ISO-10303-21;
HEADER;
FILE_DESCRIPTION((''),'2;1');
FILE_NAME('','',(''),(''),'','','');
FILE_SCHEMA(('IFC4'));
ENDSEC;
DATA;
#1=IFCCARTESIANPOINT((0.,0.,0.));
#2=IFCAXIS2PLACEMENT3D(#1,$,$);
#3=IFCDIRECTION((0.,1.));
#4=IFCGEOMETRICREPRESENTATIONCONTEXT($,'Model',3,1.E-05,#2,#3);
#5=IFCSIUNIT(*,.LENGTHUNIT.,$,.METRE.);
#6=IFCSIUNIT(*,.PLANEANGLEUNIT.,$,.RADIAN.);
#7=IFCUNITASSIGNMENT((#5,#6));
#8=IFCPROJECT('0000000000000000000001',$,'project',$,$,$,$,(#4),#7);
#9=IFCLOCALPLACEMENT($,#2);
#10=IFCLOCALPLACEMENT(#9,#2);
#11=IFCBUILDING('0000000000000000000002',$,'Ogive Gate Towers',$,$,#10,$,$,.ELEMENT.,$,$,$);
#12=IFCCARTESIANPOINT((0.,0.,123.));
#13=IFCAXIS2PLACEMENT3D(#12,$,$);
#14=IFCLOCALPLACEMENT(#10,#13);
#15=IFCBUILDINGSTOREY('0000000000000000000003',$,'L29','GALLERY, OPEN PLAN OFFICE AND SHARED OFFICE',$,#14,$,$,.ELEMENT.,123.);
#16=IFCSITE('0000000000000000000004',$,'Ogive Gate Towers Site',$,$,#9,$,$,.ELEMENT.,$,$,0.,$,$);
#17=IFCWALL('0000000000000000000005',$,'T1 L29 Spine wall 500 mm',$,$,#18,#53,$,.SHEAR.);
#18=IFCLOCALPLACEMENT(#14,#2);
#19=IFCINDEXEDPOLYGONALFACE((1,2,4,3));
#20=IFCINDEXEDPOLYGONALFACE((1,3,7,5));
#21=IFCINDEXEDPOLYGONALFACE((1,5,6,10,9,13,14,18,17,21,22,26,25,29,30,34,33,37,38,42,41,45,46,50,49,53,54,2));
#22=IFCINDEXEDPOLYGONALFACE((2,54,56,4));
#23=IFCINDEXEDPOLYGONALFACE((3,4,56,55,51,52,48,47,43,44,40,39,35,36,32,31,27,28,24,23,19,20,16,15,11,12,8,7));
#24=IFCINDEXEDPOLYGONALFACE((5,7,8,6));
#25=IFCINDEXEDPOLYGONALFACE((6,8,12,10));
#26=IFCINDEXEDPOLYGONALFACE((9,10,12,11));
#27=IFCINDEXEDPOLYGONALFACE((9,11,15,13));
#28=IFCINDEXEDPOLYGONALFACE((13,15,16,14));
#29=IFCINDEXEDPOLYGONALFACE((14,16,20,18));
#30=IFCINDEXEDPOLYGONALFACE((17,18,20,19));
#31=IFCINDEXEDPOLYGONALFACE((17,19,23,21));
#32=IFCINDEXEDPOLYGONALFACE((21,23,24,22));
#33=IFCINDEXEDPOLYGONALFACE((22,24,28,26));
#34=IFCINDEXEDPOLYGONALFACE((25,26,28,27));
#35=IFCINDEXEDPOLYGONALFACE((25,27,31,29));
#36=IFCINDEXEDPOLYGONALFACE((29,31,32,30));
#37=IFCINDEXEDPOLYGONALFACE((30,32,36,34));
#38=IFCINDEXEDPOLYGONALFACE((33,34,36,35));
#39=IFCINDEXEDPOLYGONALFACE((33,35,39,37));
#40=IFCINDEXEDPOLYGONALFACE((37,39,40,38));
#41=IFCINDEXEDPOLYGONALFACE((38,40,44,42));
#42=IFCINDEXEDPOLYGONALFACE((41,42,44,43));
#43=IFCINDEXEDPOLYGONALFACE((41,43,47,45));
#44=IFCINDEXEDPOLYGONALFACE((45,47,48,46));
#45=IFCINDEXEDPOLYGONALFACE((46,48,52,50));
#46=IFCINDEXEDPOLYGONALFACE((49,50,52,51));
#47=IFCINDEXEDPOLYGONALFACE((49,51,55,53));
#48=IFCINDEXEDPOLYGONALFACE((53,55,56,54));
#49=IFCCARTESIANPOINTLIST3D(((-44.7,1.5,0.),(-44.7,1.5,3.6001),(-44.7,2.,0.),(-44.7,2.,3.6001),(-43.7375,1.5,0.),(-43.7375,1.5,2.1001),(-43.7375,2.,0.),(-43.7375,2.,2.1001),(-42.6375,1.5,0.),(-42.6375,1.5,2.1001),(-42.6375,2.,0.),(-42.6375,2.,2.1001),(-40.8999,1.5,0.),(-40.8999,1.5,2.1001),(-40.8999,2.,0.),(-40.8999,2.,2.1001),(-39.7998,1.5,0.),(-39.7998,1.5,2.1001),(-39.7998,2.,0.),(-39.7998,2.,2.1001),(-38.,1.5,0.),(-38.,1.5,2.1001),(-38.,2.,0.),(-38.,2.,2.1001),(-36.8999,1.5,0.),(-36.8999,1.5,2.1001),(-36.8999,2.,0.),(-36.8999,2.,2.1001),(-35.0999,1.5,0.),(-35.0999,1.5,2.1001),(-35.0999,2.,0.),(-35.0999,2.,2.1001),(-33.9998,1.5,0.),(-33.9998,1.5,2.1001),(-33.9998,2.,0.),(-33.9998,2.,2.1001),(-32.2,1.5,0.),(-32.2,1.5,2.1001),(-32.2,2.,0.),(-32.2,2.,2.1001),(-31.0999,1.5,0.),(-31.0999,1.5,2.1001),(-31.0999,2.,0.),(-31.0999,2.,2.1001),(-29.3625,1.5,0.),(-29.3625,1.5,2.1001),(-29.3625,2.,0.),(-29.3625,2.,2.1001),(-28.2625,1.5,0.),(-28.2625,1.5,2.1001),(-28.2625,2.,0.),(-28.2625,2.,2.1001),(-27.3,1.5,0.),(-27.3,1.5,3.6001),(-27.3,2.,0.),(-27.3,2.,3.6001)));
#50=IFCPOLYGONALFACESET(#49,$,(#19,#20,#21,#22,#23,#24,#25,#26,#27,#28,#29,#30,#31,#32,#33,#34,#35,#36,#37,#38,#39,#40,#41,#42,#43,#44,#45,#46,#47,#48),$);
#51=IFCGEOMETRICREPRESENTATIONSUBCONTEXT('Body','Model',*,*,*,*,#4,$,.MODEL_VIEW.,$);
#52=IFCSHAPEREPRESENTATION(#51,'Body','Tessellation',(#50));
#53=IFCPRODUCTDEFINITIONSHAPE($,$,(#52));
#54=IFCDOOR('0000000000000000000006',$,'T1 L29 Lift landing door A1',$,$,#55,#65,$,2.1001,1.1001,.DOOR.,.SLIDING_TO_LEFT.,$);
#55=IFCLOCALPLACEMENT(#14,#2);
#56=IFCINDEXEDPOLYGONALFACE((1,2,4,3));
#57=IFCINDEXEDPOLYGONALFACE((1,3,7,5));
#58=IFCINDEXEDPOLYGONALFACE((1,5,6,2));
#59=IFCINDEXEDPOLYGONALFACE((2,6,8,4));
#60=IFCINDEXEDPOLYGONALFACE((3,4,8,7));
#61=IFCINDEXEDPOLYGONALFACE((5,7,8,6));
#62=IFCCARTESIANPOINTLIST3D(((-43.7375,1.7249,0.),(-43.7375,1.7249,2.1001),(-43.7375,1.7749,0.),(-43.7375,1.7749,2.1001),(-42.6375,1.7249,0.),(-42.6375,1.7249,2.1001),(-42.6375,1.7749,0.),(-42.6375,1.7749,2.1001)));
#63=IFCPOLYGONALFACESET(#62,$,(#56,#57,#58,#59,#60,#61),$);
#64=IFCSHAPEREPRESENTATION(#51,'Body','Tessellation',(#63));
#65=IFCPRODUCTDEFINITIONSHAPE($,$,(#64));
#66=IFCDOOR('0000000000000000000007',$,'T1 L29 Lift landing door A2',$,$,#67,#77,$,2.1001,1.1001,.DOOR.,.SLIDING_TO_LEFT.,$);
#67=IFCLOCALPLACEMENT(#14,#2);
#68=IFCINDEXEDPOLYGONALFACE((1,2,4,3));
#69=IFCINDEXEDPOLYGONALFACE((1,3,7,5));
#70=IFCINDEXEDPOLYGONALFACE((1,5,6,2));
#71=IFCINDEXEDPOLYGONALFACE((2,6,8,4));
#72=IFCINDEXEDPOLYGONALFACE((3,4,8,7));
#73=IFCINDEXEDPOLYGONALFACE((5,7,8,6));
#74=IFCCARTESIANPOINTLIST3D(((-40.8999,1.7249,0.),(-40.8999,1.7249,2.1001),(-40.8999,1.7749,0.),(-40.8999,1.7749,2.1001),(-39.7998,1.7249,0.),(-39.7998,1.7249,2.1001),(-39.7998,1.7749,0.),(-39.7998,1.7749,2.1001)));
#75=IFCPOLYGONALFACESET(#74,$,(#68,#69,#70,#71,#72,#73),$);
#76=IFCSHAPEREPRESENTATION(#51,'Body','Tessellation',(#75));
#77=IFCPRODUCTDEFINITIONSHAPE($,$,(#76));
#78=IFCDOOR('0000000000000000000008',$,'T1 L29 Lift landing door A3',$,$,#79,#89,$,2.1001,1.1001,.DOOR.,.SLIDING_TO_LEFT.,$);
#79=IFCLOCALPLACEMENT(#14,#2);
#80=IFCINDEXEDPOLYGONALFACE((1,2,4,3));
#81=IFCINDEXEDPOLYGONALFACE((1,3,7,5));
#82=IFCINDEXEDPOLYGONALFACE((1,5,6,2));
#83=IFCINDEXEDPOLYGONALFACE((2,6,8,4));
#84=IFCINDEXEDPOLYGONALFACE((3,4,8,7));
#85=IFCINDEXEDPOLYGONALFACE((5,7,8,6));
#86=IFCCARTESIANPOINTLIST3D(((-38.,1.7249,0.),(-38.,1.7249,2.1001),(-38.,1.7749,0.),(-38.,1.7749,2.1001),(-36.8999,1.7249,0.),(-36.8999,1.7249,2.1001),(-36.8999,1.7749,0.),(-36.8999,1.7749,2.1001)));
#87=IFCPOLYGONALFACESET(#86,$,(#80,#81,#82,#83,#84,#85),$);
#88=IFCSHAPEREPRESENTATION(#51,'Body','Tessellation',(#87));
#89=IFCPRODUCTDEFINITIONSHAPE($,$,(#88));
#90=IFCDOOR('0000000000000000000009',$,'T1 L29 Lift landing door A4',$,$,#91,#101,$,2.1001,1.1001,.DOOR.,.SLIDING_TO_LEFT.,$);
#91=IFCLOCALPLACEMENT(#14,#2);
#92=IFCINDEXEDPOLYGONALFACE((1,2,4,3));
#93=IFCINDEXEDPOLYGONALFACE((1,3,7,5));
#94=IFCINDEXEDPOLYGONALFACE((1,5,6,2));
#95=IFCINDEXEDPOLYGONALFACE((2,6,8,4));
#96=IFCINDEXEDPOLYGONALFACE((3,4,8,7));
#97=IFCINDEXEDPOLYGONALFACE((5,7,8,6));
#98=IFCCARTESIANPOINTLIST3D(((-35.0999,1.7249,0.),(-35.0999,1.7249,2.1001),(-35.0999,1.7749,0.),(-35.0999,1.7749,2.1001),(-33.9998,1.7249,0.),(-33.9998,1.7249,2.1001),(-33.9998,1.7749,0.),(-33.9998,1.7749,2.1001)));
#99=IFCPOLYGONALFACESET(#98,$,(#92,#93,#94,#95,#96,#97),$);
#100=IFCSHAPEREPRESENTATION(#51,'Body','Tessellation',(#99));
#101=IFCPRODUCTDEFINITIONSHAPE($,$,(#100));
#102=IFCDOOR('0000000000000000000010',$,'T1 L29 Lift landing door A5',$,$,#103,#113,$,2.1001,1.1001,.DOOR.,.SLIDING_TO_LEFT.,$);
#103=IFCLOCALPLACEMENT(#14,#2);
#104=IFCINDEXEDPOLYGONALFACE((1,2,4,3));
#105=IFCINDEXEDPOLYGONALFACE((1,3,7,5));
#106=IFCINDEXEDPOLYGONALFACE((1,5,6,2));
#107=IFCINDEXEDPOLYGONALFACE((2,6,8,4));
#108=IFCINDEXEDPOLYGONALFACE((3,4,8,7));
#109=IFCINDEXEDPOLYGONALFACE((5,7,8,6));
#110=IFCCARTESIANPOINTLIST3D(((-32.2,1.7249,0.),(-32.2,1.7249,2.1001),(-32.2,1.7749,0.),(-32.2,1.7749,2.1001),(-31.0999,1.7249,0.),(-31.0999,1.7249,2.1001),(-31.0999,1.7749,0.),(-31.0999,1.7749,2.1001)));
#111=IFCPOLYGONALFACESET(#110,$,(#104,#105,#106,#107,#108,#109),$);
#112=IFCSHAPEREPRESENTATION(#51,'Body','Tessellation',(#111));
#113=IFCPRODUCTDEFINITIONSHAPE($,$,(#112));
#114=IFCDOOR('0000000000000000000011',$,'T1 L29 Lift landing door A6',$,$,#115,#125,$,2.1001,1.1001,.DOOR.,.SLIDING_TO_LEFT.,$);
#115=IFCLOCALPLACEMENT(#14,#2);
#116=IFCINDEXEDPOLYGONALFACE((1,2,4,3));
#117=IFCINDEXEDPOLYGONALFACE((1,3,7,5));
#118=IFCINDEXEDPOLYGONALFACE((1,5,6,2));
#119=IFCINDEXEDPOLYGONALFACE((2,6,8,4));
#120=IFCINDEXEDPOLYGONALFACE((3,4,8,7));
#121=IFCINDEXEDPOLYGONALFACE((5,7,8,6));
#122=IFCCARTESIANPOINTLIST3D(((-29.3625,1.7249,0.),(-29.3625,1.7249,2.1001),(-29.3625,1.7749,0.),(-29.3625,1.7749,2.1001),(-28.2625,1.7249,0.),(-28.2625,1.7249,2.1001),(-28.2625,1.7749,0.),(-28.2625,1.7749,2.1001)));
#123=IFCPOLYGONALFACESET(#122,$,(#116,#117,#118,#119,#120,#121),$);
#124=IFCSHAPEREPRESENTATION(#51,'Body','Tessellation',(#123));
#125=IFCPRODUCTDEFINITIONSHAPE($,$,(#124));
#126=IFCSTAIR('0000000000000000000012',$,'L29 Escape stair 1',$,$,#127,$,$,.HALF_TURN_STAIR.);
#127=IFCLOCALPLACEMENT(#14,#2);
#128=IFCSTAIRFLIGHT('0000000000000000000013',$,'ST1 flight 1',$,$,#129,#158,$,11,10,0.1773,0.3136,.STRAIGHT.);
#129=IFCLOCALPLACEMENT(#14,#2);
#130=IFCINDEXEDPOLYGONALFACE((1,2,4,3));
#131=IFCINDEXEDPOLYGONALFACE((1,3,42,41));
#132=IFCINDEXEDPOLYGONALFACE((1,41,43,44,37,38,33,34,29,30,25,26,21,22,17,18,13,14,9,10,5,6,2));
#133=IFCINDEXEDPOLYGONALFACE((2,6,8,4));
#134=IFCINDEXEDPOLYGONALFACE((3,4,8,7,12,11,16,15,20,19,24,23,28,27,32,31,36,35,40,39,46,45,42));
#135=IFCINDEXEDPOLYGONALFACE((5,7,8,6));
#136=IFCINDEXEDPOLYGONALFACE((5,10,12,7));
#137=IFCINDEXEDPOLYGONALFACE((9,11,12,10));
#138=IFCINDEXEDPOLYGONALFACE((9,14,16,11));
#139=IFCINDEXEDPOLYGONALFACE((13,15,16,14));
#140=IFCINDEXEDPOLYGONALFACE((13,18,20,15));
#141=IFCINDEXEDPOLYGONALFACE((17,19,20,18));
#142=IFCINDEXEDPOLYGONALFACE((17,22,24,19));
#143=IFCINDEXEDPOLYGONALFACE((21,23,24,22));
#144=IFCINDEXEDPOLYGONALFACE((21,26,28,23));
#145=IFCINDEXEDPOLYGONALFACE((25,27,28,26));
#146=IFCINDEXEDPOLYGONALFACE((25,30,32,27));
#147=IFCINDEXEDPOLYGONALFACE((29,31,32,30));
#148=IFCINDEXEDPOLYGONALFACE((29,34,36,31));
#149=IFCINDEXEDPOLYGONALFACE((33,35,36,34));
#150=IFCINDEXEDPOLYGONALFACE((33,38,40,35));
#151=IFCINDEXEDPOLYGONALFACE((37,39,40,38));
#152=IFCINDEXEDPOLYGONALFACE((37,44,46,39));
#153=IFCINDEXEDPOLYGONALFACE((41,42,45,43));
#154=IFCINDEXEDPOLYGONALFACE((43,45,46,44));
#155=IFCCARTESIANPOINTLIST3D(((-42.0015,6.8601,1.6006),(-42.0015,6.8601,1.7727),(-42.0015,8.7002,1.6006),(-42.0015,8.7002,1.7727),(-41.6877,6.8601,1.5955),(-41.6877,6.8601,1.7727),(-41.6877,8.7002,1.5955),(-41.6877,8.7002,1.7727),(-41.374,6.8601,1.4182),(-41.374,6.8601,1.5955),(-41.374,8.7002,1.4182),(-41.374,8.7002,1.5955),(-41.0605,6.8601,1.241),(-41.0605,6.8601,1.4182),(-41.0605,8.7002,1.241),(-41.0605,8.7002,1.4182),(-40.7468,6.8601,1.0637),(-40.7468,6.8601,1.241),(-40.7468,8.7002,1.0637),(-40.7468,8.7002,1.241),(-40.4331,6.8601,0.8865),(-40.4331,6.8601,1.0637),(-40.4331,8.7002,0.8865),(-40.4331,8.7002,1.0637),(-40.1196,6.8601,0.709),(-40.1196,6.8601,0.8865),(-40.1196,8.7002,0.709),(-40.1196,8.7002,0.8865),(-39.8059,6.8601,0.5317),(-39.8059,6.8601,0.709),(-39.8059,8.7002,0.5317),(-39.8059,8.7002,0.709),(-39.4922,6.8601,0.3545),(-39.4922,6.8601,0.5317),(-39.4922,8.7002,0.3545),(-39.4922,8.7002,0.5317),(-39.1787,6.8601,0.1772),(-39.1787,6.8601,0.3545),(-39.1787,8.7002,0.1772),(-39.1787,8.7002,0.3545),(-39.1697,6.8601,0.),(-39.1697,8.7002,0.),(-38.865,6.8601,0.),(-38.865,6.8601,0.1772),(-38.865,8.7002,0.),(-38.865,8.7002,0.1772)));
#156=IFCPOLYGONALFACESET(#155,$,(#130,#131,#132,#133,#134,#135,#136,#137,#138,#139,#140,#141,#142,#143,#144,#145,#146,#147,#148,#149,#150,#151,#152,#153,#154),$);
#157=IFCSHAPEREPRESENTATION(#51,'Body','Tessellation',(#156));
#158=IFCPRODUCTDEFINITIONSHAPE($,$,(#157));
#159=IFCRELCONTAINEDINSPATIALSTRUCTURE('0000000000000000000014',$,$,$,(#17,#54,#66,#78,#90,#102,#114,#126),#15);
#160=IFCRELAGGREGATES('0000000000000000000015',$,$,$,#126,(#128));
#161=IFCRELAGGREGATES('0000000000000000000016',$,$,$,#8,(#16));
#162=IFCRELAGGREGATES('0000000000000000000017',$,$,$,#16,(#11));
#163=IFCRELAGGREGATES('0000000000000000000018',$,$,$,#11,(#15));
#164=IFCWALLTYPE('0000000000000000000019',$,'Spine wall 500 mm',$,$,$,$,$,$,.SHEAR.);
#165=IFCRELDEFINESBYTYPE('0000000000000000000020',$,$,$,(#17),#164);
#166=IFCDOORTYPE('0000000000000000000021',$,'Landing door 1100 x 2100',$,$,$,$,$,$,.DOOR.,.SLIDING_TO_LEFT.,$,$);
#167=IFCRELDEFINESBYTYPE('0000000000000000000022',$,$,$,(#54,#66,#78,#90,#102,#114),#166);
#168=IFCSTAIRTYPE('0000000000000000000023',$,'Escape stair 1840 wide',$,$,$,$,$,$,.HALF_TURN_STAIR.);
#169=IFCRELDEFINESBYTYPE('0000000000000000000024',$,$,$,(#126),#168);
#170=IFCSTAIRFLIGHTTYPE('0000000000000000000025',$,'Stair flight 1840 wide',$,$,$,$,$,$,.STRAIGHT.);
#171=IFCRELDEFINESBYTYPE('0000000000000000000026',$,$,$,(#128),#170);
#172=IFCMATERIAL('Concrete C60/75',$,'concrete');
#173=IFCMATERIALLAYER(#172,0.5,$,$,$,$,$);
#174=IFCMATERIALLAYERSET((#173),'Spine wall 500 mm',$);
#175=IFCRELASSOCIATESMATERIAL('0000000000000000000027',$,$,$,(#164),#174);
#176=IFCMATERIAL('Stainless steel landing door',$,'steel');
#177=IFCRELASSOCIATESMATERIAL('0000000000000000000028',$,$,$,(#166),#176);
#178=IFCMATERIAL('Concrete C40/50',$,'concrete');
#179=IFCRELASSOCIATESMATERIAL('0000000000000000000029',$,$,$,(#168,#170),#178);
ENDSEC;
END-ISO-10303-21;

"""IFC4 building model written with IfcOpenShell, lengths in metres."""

from ifc_helpers import new_model, si_unit, direction, frame, frame_2d, origin, place, context, subcontext, project, spatial, polyline, rectangle, outline, extrude, material, layer, layer_set, type_object, element, fill, aggregate, save


model = new_model("IFC4")

# Units and contexts
model_context = context("Model", 3, precision=1e-05, world=origin(), true_north=direction((0.0, 1.0)))
body_context = subcontext(model_context, "Body", "Model", "MODEL_VIEW")
ifc_project = project(units=[si_unit("LENGTHUNIT", "METRE"), si_unit("PLANEANGLEUNIT", "RADIAN")], contexts=[model_context])

# Site, building, storey
site_placement = place(None, origin())
site = spatial("IfcSite", under=ifc_project, at=site_placement, Name="Ogive Gate Towers Site", CompositionType="ELEMENT", RefElevation=0.0)
building_placement = place(site_placement, origin())
building = spatial("IfcBuilding", under=site, at=building_placement, Name="Ogive Gate Towers", CompositionType="ELEMENT")
storey_placement = place(building_placement, frame((0.0, 0.0, 123.0)))
storey = spatial("IfcBuildingStorey", under=building, at=storey_placement, Name="L29", Description="GALLERY, OPEN PLAN OFFICE AND SHARED OFFICE", CompositionType="ELEMENT", Elevation=123.0)

# Shared definitions
ifc_material_1 = material(Name="Concrete C60/75", Category="concrete")

# Shared definitions
ifc_material_2 = material(Name="Stainless steel landing door", Category="steel")

# Wall, openings, doors
ifc_layer_1 = layer(ifc_material_1, 0.5)
ifc_layer_set_1 = layer_set([ifc_layer_1], Name="Spine wall 500 mm")
wall_type_1 = type_object("IfcWallType", Name="Spine wall 500 mm", PredefinedType="SHEAR", material=ifc_layer_set_1)
wall_1_placement = place(storey_placement, frame((-44.7, 1.75, 0.0), z_axis=(0.0, 0.0, 1.0), x_axis=(1.0, 0.0, 0.0)))
wall_1 = element("IfcWall", 1, at=wall_1_placement, inside=storey, type_object=wall_type_1, Name="T1 L29 Spine wall 500 mm", PredefinedType="SHEAR", context=body_context, shape_type="SweptSolid", body=[
    extrude(rectangle(XDim=17.3999, YDim=0.5, at=frame_2d((8.7, 0.0))), origin(), (0.0, 0.0, 1.0), 3.6001),
])
opening_1_placement = place(wall_1_placement, frame((0.9624, 0.0, 0.0)))
opening_1 = element("IfcOpeningElement", 2, at=opening_1_placement, cuts=wall_1, PredefinedType="OPENING", context=body_context, shape_type="SweptSolid", body=[
    extrude(rectangle(XDim=1.1001, YDim=2.1001, at=frame_2d((0.55, 1.05))), frame((0.0, 0.26, 0.0), z_axis=(0.0, -1.0, 0.0), x_axis=(1.0, 0.0, 0.0)), (0.0, 0.0, 1.0), 0.52),
])
opening_2_placement = place(wall_1_placement, frame((3.8, 0.0, 0.0)))
opening_2 = element("IfcOpeningElement", 3, at=opening_2_placement, cuts=wall_1, PredefinedType="OPENING", context=body_context, shape_type="SweptSolid", body=[
    extrude(rectangle(XDim=1.1001, YDim=2.1001, at=frame_2d((0.55, 1.05))), frame((0.0, 0.26, 0.0), z_axis=(0.0, -1.0, 0.0), x_axis=(1.0, 0.0, 0.0)), (0.0, 0.0, 1.0), 0.52),
])
opening_3_placement = place(wall_1_placement, frame((6.7, 0.0, 0.0)))
opening_3 = element("IfcOpeningElement", 4, at=opening_3_placement, cuts=wall_1, PredefinedType="OPENING", context=body_context, shape_type="SweptSolid", body=[
    extrude(rectangle(XDim=1.1001, YDim=2.1001, at=frame_2d((0.55, 1.05))), frame((0.0, 0.26, 0.0), z_axis=(0.0, -1.0, 0.0), x_axis=(1.0, 0.0, 0.0)), (0.0, 0.0, 1.0), 0.52),
])
opening_4_placement = place(wall_1_placement, frame((9.6001, 0.0, 0.0)))
opening_4 = element("IfcOpeningElement", 5, at=opening_4_placement, cuts=wall_1, PredefinedType="OPENING", context=body_context, shape_type="SweptSolid", body=[
    extrude(rectangle(XDim=1.1001, YDim=2.1001, at=frame_2d((0.55, 1.05))), frame((0.0, 0.26, 0.0), z_axis=(0.0, -1.0, 0.0), x_axis=(1.0, 0.0, 0.0)), (0.0, 0.0, 1.0), 0.52),
])
opening_5_placement = place(wall_1_placement, frame((12.5, 0.0, 0.0)))
opening_5 = element("IfcOpeningElement", 6, at=opening_5_placement, cuts=wall_1, PredefinedType="OPENING", context=body_context, shape_type="SweptSolid", body=[
    extrude(rectangle(XDim=1.1001, YDim=2.1001, at=frame_2d((0.55, 1.05))), frame((0.0, 0.26, 0.0), z_axis=(0.0, -1.0, 0.0), x_axis=(1.0, 0.0, 0.0)), (0.0, 0.0, 1.0), 0.52),
])
opening_6_placement = place(wall_1_placement, frame((15.3374, 0.0, 0.0)))
opening_6 = element("IfcOpeningElement", 7, at=opening_6_placement, cuts=wall_1, PredefinedType="OPENING", context=body_context, shape_type="SweptSolid", body=[
    extrude(rectangle(XDim=1.1001, YDim=2.1001, at=frame_2d((0.55, 1.05))), frame((0.0, 0.26, 0.0), z_axis=(0.0, -1.0, 0.0), x_axis=(1.0, 0.0, 0.0)), (0.0, 0.0, 1.0), 0.52),
])
door_type_1 = type_object("IfcDoorType", Name="Landing door 1100 x 2100", OperationType="SLIDING_TO_LEFT", PredefinedType="DOOR", material=ifc_material_2)
door_1_placement = place(opening_1_placement, origin())
door_1 = element("IfcDoor", 8, at=door_1_placement, inside=storey, type_object=door_type_1, Name="T1 L29 Lift landing door A1", OperationType="SLIDING_TO_LEFT", OverallHeight=2.1001, OverallWidth=1.1001, PredefinedType="DOOR", context=body_context, shape_type="SweptSolid", body=[
    extrude(rectangle(XDim=1.1001, YDim=2.1001, at=frame_2d((0.55, 1.05))), frame((0.0, 0.0249, 0.0), z_axis=(0.0, -1.0, 0.0), x_axis=(1.0, 0.0, 0.0)), (0.0, 0.0, 1.0), 0.05),
])
fill(opening_1, door_1)
door_2_placement = place(opening_2_placement, origin())
door_2 = element("IfcDoor", 9, at=door_2_placement, inside=storey, type_object=door_type_1, Name="T1 L29 Lift landing door A2", OperationType="SLIDING_TO_LEFT", OverallHeight=2.1001, OverallWidth=1.1001, PredefinedType="DOOR", context=body_context, shape_type="SweptSolid", body=[
    extrude(rectangle(XDim=1.1001, YDim=2.1001, at=frame_2d((0.55, 1.05))), frame((0.0, 0.0249, 0.0), z_axis=(0.0, -1.0, 0.0), x_axis=(1.0, 0.0, 0.0)), (0.0, 0.0, 1.0), 0.05),
])
fill(opening_2, door_2)
door_3_placement = place(opening_3_placement, origin())
door_3 = element("IfcDoor", 10, at=door_3_placement, inside=storey, type_object=door_type_1, Name="T1 L29 Lift landing door A3", OperationType="SLIDING_TO_LEFT", OverallHeight=2.1001, OverallWidth=1.1001, PredefinedType="DOOR", context=body_context, shape_type="SweptSolid", body=[
    extrude(rectangle(XDim=1.1001, YDim=2.1001, at=frame_2d((0.55, 1.05))), frame((0.0, 0.0249, 0.0), z_axis=(0.0, -1.0, 0.0), x_axis=(1.0, 0.0, 0.0)), (0.0, 0.0, 1.0), 0.05),
])
fill(opening_3, door_3)
door_4_placement = place(opening_4_placement, origin())
door_4 = element("IfcDoor", 11, at=door_4_placement, inside=storey, type_object=door_type_1, Name="T1 L29 Lift landing door A4", OperationType="SLIDING_TO_LEFT", OverallHeight=2.1001, OverallWidth=1.1001, PredefinedType="DOOR", context=body_context, shape_type="SweptSolid", body=[
    extrude(rectangle(XDim=1.1001, YDim=2.1001, at=frame_2d((0.55, 1.05))), frame((0.0, 0.0249, 0.0), z_axis=(0.0, -1.0, 0.0), x_axis=(1.0, 0.0, 0.0)), (0.0, 0.0, 1.0), 0.05),
])
fill(opening_4, door_4)
door_5_placement = place(opening_5_placement, origin())
door_5 = element("IfcDoor", 12, at=door_5_placement, inside=storey, type_object=door_type_1, Name="T1 L29 Lift landing door A5", OperationType="SLIDING_TO_LEFT", OverallHeight=2.1001, OverallWidth=1.1001, PredefinedType="DOOR", context=body_context, shape_type="SweptSolid", body=[
    extrude(rectangle(XDim=1.1001, YDim=2.1001, at=frame_2d((0.55, 1.05))), frame((0.0, 0.0249, 0.0), z_axis=(0.0, -1.0, 0.0), x_axis=(1.0, 0.0, 0.0)), (0.0, 0.0, 1.0), 0.05),
])
fill(opening_5, door_5)
door_6_placement = place(opening_6_placement, origin())
door_6 = element("IfcDoor", 13, at=door_6_placement, inside=storey, type_object=door_type_1, Name="T1 L29 Lift landing door A6", OperationType="SLIDING_TO_LEFT", OverallHeight=2.1001, OverallWidth=1.1001, PredefinedType="DOOR", context=body_context, shape_type="SweptSolid", body=[
    extrude(rectangle(XDim=1.1001, YDim=2.1001, at=frame_2d((0.55, 1.05))), frame((0.0, 0.0249, 0.0), z_axis=(0.0, -1.0, 0.0), x_axis=(1.0, 0.0, 0.0)), (0.0, 0.0, 1.0), 0.05),
])
fill(opening_6, door_6)

# Stair, stair flight
ifc_material_3 = material(Name="Concrete C40/50", Category="concrete")
stair_type = type_object("IfcStairType", Name="Escape stair 1840 wide", PredefinedType="HALF_TURN_STAIR", material=ifc_material_3)
stair_placement = place(storey_placement, origin())
stair = element("IfcStair", 14, at=stair_placement, inside=storey, type_object=stair_type, Name="L29 Escape stair 1", PredefinedType="HALF_TURN_STAIR")
stair_flight_type = type_object("IfcStairFlightType", Name="Stair flight 1840 wide", PredefinedType="STRAIGHT", material=ifc_material_3)
stair_flight_1_placement = place(storey_placement, frame((-38.865, 7.78, 0.0), z_axis=(0.0, 0.0, 1.0), x_axis=(-1.0, 0.0, 0.0)))
stair_flight_1 = element("IfcStairFlight", 15, at=stair_flight_1_placement, type_object=stair_flight_type, Name="ST1 flight 1", NumberOfRisers=11, NumberOfTreads=10, PredefinedType="STRAIGHT", RiserHeight=0.1773, TreadLength=0.3136, context=body_context, shape_type="SweptSolid", body=[
    extrude(outline(polyline([(0.0, 0.0), (0.0, 0.1772), (0.3137, 0.1772), (0.3137, 0.3545), (0.6272, 0.3545), (0.6272, 0.5317), (0.9409, 0.5317), (0.9409, 0.709), (1.2546, 0.709), (1.2546, 0.8865), (1.5681, 0.8865), (1.5681, 1.0637), (1.8818, 1.0637), (1.8818, 1.241), (2.1956, 1.241), (2.1956, 1.4182), (2.509, 1.4182), (2.509, 1.5955), (2.8228, 1.5955), (2.8228, 1.7727), (3.1365, 1.7727), (3.1365, 1.95), (3.1365, 1.6006), (0.3047, 0.0), (0.0, 0.0)])), frame((0.0, 0.9199, 0.0), z_axis=(0.0, -1.0, 0.0), x_axis=(1.0, 0.0, 0.0)), (0.0, 0.0, 1.0), 1.8401),
])
aggregate(stair, [stair_flight_1])

save(model, "model.ifc")
